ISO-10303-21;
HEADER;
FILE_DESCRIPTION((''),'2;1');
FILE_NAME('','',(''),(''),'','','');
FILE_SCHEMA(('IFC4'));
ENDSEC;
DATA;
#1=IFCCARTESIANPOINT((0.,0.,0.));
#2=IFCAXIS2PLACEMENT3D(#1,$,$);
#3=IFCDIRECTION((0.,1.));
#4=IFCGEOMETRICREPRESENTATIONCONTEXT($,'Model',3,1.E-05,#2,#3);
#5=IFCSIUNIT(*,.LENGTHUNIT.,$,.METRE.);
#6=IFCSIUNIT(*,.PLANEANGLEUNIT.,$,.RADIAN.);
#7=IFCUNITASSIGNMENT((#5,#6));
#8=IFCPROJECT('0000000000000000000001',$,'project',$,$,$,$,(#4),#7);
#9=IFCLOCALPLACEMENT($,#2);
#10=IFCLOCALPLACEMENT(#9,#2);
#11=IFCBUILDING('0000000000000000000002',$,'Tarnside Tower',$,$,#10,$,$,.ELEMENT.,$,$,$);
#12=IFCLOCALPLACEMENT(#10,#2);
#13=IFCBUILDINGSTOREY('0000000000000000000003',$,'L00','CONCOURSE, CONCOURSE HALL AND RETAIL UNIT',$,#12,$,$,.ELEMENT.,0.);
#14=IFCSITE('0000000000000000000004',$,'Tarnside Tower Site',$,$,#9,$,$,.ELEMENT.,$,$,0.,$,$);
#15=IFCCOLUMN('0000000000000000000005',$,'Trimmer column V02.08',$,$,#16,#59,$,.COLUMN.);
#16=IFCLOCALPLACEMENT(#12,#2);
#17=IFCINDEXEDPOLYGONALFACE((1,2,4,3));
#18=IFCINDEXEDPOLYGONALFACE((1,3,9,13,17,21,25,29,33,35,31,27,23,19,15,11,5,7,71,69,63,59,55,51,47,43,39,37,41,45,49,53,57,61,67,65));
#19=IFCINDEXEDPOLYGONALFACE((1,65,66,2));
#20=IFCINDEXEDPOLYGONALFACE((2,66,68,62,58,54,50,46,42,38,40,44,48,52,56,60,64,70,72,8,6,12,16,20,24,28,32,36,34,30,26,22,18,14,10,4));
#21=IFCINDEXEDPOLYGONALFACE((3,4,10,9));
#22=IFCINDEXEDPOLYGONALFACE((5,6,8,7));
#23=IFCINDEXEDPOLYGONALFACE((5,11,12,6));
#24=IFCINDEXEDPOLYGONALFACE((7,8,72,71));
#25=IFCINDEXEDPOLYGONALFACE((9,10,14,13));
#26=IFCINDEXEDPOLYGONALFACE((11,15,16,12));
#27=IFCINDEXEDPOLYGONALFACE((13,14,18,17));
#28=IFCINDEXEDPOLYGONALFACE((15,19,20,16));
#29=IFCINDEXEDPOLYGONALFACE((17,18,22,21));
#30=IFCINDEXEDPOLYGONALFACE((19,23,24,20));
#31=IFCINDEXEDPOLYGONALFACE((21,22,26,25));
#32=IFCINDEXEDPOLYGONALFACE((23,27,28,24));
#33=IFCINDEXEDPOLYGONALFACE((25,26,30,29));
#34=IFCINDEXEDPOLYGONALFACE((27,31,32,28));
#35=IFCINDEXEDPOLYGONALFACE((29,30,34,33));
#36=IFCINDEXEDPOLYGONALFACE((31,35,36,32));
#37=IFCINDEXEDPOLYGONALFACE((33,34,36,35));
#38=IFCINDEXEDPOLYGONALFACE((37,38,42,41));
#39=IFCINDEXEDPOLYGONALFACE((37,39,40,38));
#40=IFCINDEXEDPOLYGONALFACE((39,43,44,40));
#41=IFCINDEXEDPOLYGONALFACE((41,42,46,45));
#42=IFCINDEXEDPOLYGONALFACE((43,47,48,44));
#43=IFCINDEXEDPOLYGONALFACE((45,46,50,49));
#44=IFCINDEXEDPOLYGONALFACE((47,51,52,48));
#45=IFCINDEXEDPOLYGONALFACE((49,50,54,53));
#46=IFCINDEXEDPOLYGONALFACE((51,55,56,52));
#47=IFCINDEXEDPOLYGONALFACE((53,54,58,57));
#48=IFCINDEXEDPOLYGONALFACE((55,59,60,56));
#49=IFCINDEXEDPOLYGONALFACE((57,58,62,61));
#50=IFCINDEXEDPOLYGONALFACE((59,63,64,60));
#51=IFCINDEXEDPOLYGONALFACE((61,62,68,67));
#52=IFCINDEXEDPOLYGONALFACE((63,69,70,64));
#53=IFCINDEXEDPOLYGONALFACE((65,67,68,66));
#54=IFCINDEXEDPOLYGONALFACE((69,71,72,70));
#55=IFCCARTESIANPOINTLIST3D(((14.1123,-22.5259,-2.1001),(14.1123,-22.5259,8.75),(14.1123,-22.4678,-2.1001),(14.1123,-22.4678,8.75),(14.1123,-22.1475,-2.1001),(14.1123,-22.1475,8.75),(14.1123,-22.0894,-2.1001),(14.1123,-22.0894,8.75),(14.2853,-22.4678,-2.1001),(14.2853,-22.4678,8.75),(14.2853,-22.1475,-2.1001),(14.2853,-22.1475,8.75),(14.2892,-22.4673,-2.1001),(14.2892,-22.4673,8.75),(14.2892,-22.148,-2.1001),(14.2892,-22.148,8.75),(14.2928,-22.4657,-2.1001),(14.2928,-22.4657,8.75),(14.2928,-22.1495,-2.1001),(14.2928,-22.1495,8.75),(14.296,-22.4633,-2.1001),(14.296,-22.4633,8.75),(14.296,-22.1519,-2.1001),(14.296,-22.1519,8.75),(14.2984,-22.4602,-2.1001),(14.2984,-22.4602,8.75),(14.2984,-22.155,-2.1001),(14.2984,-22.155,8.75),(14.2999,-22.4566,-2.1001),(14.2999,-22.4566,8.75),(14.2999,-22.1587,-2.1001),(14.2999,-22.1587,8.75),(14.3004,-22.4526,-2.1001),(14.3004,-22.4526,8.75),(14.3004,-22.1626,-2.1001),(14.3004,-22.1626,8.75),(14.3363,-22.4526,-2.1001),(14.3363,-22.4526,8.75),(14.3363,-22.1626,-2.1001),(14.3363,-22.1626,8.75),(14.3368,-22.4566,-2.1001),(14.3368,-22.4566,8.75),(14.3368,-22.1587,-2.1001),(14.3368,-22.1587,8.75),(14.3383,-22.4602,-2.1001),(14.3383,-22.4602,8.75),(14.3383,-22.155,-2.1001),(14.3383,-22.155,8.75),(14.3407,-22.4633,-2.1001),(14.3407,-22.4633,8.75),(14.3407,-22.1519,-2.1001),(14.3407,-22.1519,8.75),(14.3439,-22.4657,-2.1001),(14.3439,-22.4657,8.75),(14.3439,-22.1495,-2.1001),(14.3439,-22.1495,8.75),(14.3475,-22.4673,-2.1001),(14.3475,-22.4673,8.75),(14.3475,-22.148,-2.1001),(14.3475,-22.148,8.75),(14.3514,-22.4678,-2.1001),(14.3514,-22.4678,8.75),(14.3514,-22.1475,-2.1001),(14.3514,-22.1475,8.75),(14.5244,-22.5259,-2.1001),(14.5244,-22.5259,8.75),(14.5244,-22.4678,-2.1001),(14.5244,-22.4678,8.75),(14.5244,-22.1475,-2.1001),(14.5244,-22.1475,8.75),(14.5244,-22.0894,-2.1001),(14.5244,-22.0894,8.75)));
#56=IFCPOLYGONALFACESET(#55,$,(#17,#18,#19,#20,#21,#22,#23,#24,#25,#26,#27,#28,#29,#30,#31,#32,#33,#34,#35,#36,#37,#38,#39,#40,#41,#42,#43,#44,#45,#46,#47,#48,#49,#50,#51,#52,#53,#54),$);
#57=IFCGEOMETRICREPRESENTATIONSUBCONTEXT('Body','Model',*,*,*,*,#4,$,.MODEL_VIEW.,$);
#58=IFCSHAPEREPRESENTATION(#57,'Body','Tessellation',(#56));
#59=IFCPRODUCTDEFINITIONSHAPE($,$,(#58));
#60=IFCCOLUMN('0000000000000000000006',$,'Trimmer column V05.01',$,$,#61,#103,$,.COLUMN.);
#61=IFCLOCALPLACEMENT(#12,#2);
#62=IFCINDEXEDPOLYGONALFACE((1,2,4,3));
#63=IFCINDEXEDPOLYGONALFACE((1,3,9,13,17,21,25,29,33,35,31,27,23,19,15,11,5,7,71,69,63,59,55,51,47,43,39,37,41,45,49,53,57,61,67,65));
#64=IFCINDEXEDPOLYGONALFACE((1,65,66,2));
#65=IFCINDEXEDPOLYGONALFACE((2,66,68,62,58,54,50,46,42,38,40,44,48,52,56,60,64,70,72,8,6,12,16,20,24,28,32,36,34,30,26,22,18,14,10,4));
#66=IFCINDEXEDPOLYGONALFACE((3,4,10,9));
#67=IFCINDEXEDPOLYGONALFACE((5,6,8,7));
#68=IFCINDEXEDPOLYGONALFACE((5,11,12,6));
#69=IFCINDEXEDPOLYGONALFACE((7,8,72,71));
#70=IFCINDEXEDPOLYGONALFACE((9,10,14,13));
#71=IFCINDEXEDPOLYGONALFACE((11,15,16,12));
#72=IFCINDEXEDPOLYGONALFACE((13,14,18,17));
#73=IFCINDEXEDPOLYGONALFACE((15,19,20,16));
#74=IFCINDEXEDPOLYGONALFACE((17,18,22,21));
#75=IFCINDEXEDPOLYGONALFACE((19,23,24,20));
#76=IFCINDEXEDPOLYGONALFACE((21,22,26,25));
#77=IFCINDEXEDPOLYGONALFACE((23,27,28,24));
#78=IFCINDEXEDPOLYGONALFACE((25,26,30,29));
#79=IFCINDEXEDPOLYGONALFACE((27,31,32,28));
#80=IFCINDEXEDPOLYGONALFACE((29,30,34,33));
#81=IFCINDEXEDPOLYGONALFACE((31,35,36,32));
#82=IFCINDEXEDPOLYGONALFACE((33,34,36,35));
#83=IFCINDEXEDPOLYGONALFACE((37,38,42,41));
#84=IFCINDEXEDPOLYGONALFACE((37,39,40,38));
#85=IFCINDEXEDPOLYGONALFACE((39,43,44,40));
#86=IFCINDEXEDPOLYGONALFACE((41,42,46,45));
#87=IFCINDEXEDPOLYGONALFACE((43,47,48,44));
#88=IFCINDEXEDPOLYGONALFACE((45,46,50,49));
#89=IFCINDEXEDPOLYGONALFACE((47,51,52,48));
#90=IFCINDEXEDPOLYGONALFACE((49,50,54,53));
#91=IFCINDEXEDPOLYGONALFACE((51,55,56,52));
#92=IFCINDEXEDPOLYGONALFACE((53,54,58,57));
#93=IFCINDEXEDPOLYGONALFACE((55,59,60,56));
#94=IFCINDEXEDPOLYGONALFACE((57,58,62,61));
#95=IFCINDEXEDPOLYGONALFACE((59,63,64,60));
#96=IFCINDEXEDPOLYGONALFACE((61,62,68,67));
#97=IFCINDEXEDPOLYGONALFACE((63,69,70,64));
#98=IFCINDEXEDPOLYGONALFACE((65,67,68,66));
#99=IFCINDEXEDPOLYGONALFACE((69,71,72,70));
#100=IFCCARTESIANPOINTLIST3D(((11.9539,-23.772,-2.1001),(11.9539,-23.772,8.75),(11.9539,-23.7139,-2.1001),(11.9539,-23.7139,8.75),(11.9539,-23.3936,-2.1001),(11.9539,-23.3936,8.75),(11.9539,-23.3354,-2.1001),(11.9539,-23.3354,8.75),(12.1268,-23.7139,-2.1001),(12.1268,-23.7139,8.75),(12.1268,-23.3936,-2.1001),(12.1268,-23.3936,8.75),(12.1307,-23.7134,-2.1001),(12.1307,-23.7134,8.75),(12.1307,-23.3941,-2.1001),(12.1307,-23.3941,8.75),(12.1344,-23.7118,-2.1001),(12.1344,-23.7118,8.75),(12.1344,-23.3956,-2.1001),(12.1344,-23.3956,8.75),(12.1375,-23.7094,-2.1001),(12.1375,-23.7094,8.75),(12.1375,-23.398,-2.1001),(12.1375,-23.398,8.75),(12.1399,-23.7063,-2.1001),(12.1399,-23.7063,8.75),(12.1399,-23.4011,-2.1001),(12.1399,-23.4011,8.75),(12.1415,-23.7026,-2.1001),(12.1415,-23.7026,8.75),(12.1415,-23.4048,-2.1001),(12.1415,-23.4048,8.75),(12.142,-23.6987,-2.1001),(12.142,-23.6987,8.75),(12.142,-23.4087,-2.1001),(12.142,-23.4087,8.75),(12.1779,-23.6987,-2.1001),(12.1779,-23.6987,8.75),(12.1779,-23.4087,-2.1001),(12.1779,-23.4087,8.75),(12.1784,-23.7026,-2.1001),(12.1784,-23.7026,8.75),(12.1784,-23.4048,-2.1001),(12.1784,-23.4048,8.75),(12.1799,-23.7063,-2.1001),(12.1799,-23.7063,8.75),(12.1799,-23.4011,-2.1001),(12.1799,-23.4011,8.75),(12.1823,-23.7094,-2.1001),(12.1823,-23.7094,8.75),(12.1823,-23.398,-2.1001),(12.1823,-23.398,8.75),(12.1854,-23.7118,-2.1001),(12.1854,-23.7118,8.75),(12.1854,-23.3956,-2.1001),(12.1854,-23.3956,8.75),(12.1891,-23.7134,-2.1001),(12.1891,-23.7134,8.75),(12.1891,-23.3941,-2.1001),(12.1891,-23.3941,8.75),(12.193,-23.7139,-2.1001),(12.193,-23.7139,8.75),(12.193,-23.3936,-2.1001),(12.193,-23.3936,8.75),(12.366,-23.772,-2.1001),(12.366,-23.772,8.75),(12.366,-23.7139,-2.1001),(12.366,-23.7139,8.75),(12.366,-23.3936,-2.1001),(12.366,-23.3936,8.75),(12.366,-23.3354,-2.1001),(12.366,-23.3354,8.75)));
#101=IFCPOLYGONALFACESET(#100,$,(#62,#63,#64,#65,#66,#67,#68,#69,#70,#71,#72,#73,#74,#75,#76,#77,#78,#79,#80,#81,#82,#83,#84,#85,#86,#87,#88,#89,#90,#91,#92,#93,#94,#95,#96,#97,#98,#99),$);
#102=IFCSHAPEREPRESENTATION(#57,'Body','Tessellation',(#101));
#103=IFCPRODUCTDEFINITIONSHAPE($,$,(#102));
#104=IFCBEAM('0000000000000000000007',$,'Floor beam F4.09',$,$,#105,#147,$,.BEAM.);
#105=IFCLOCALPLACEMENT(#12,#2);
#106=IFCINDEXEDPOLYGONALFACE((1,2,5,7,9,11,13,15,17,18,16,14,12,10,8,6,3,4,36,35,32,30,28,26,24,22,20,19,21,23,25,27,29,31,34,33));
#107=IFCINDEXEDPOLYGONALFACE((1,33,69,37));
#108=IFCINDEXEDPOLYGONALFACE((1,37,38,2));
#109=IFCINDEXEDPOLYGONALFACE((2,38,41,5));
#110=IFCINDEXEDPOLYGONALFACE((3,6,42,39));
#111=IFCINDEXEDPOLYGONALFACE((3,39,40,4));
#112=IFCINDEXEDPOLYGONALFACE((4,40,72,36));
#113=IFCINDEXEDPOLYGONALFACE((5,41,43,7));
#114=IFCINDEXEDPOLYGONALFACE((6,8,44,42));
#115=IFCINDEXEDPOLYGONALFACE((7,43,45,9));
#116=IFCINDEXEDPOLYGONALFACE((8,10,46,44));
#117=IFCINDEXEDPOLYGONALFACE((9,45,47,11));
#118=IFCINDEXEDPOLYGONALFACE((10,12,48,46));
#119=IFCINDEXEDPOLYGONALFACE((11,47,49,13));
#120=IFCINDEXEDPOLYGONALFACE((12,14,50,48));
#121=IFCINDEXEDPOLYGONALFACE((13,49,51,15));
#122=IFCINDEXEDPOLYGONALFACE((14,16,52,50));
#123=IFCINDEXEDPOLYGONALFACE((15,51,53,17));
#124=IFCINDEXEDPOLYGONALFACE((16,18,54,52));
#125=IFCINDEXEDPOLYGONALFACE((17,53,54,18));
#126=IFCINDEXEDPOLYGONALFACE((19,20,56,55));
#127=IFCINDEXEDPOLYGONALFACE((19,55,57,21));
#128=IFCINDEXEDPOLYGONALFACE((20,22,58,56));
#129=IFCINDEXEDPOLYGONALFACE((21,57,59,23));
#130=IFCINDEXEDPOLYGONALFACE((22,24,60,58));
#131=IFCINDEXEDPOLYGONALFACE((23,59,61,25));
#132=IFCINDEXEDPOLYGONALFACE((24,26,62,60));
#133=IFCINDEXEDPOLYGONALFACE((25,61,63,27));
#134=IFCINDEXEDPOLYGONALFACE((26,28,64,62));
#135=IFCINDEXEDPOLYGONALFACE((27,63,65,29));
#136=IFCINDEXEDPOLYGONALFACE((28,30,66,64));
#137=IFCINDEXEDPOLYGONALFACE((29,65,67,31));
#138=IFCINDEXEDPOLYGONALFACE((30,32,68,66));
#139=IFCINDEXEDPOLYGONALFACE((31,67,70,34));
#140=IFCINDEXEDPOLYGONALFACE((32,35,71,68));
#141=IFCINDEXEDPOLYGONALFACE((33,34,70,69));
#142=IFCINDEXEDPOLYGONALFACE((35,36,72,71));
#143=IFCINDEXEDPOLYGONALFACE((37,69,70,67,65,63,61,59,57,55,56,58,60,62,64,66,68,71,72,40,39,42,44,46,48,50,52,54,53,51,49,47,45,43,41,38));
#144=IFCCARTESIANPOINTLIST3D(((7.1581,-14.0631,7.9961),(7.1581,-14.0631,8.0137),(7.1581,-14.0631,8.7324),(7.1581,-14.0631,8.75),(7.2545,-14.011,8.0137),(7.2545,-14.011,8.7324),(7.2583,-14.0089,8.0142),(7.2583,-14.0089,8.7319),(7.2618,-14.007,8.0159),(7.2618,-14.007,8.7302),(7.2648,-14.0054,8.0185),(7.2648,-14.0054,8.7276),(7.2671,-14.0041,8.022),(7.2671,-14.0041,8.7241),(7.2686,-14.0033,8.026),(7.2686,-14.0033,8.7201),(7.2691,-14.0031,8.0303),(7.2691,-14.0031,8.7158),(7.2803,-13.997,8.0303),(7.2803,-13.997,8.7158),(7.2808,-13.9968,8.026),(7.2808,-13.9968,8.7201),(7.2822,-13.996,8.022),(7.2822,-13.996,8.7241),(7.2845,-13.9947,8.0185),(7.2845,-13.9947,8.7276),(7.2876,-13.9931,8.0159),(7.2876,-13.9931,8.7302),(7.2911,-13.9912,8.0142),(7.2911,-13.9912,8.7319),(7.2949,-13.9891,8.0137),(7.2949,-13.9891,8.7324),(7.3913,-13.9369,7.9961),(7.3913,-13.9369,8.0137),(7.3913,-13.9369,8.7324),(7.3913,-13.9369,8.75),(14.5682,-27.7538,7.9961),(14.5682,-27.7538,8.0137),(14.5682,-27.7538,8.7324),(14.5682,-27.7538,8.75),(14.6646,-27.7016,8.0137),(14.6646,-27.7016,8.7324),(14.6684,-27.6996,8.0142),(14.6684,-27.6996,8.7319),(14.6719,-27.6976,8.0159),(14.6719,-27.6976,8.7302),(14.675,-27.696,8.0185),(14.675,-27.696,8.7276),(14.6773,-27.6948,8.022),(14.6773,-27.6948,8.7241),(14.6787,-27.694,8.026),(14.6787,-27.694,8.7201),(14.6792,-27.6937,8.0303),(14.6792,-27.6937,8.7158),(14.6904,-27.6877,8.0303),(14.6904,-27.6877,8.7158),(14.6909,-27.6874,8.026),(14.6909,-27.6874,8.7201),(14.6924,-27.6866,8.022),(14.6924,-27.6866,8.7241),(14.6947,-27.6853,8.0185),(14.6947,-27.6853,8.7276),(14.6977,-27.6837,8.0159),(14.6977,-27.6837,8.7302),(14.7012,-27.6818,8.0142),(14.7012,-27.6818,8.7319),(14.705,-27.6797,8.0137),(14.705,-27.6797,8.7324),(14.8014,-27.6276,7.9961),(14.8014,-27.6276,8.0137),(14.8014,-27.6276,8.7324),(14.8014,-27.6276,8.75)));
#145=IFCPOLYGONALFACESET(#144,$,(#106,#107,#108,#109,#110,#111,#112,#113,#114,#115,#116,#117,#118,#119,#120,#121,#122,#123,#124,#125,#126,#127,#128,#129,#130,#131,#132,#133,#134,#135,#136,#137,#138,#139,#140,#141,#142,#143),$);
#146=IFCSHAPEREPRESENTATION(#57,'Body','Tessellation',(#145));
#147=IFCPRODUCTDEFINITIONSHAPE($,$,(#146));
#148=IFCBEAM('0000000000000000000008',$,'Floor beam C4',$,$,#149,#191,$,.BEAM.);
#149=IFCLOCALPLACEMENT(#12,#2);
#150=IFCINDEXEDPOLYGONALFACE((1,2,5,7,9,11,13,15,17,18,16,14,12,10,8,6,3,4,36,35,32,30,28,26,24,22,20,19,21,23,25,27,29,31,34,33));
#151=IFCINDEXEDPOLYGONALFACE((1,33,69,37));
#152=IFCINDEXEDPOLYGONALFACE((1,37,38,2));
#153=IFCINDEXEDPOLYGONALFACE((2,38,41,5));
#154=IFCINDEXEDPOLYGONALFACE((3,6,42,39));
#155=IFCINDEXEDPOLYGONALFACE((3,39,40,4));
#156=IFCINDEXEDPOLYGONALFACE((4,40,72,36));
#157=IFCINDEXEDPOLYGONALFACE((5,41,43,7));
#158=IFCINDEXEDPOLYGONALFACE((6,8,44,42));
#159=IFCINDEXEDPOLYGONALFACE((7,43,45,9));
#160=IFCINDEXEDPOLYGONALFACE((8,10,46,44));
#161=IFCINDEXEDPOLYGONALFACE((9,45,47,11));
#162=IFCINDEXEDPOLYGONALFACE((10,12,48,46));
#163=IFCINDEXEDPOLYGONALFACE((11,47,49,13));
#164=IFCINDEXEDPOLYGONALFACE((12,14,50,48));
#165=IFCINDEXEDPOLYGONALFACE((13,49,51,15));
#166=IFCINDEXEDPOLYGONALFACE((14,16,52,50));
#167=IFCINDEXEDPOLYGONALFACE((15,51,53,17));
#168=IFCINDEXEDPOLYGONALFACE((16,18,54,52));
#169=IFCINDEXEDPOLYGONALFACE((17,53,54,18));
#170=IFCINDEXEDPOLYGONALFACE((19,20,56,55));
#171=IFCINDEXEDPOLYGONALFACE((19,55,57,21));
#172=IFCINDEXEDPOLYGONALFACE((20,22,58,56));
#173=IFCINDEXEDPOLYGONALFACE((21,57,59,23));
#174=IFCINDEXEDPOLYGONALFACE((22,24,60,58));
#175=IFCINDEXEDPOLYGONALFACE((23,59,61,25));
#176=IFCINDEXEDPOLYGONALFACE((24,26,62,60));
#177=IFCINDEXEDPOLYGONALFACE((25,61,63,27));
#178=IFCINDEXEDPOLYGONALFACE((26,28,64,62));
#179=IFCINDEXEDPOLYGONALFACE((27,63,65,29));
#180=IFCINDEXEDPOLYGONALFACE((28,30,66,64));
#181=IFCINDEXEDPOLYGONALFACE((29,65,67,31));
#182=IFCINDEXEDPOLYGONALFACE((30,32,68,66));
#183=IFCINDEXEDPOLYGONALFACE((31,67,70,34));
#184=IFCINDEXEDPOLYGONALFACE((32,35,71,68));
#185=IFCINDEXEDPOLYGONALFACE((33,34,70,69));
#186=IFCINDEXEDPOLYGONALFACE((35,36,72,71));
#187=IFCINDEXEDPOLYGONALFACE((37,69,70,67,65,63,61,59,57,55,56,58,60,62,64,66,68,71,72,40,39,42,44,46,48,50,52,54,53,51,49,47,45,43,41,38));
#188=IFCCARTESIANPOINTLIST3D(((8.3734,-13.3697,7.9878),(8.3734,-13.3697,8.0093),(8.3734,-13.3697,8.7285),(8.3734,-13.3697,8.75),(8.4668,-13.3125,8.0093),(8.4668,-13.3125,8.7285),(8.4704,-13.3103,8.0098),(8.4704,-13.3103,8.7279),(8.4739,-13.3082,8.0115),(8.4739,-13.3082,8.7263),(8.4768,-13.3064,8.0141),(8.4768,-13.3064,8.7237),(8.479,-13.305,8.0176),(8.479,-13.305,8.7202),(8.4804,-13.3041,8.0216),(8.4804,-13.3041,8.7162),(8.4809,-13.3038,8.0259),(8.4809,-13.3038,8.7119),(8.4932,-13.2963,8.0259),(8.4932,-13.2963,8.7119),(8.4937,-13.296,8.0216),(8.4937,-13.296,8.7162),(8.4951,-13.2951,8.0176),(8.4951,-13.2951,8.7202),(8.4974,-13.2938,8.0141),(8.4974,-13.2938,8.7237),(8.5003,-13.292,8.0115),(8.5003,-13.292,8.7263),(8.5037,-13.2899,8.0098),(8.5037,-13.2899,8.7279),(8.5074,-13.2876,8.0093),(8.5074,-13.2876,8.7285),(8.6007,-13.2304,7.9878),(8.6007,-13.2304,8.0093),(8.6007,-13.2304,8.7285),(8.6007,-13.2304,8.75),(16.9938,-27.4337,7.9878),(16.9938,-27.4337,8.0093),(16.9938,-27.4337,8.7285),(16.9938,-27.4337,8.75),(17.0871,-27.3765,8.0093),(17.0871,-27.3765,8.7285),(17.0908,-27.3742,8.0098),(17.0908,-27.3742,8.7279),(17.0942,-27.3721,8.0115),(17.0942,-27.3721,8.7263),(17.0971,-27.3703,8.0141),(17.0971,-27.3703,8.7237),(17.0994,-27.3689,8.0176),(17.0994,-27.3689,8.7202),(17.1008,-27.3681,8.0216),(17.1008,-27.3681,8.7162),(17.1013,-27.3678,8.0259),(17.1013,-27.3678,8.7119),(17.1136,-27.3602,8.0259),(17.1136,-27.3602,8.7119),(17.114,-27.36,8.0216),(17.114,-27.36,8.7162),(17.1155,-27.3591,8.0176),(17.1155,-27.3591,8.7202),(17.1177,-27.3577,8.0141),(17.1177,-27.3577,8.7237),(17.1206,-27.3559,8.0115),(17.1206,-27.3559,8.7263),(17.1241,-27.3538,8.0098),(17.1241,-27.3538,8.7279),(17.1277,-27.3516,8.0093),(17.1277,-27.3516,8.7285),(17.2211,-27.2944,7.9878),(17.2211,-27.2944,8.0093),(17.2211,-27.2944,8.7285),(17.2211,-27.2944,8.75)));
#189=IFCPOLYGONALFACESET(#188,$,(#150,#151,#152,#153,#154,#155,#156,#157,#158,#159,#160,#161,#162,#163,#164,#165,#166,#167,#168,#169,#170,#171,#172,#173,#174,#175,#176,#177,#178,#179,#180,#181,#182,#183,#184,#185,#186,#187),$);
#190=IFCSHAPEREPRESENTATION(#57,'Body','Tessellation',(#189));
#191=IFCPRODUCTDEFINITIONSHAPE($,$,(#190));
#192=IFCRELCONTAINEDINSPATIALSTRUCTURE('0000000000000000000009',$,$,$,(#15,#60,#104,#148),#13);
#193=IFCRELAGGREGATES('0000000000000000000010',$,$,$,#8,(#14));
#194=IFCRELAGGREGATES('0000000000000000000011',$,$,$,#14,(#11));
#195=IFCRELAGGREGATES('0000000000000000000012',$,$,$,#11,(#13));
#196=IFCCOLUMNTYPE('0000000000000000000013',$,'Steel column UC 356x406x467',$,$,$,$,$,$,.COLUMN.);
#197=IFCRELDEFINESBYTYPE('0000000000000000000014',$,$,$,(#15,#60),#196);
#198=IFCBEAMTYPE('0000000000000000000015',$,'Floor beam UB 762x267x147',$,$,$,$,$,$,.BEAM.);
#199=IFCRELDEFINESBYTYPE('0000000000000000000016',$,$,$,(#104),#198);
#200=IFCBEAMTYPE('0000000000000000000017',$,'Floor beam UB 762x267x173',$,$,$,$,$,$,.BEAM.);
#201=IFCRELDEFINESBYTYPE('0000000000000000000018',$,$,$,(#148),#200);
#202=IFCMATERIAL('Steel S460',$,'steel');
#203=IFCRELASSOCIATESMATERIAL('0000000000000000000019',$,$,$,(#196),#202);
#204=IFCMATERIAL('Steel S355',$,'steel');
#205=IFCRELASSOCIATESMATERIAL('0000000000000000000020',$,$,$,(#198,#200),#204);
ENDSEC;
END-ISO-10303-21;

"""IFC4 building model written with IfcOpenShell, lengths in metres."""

from ifc_helpers import new_model, si_unit, direction, frame, origin, origin_2d, place, context, subcontext, project, spatial, i_section, extrude, material, material_profile, profile_set, type_object, element, save


model = new_model("IFC4")

# Units and contexts
model_context = context("Model", 3, precision=1e-05, world=origin(), true_north=direction((0.0, 1.0)))
body_context = subcontext(model_context, "Body", "Model", "MODEL_VIEW")
ifc_project = project(units=[si_unit("LENGTHUNIT", "METRE"), si_unit("PLANEANGLEUNIT", "RADIAN")], contexts=[model_context])

# Site, building, storey
site_placement = place(None, origin())
site = spatial("IfcSite", under=ifc_project, at=site_placement, Name="Tarnside Tower Site", CompositionType="ELEMENT", RefElevation=0.0)
building_placement = place(site_placement, origin())
building = spatial("IfcBuilding", under=site, at=building_placement, Name="Tarnside Tower", CompositionType="ELEMENT")
storey_placement = place(building_placement, origin())
storey = spatial("IfcBuildingStorey", under=building, at=storey_placement, Name="L00", Description="CONCOURSE, CONCOURSE HALL AND RETAIL UNIT", CompositionType="ELEMENT", Elevation=0.0)

# Columns
ifc_material_1 = material(Name="Steel S460", Category="steel")
ifc_material_profile_1 = material_profile(ifc_material_1, i_section(OverallWidth=0.4121, OverallDepth=0.4365, WebThickness=0.0359, FlangeThickness=0.0581, FilletRadius=0.0151, at=origin_2d()), Name="UC 356x406x467")
ifc_profile_set_1 = profile_set([ifc_material_profile_1], Name="Steel S460")
column_type_1 = type_object("IfcColumnType", Name="Steel column UC 356x406x467", PredefinedType="COLUMN", material=ifc_profile_set_1)
for number, where, z_axis, x_axis, name in (
    (1, (14.3184, -22.3076, -2.1001), (0.0, 0.0, 1.0), (1.0, 0.0, 0.0), "Trimmer column V02.08"),
    (2, (12.1599, -23.5537, -2.1001), (0.0, 0.0, 1.0), (1.0, 0.0, 0.0), "Trimmer column V05.01"),
):
    element("IfcColumn", number, at=place(storey_placement, frame(where, z_axis=z_axis, x_axis=x_axis)), inside=storey, type_object=column_type_1, Name=name, PredefinedType="COLUMN", context=body_context, shape_type="SweptSolid", body=[
        extrude(i_section(OverallWidth=0.4121, OverallDepth=0.4365, WebThickness=0.0359, FlangeThickness=0.0581, FilletRadius=0.0151, at=origin_2d()), origin(), (0.0, 0.0, 1.0), 10.8501),
    ])

# Beams
ifc_material_2 = material(Name="Steel S355", Category="steel")
ifc_material_profile_2 = material_profile(ifc_material_2, i_section(OverallWidth=0.2651, OverallDepth=0.7539, WebThickness=0.0127, FlangeThickness=0.0176, FilletRadius=0.0166, at=origin_2d()), Name="UB 762x267x147")
ifc_profile_set_2 = profile_set([ifc_material_profile_2], Name="Steel S355")
beam_type_1 = type_object("IfcBeamType", Name="Floor beam UB 762x267x147", PredefinedType="BEAM", material=ifc_profile_set_2)
beam_1_placement = place(storey_placement, frame((14.6848, -27.6907, 8.373), z_axis=(-0.476004, 0.879443, 0.0), x_axis=(-0.879443, -0.476004, 0.0)))
element("IfcBeam", 3, at=beam_1_placement, inside=storey, type_object=beam_type_1, Name="Floor beam F4.09", PredefinedType="BEAM", context=body_context, shape_type="SweptSolid", body=[
    extrude(i_section(OverallWidth=0.2651, OverallDepth=0.7539, WebThickness=0.0127, FlangeThickness=0.0176, FilletRadius=0.0166, at=origin_2d()), origin(), (0.0, 0.0, 1.0), 15.5674),
])
ifc_material_profile_3 = material_profile(ifc_material_2, i_section(OverallWidth=0.2666, OverallDepth=0.7622, WebThickness=0.0144, FlangeThickness=0.0215, FilletRadius=0.0166, at=origin_2d()), Name="UB 762x267x173")
ifc_profile_set_3 = profile_set([ifc_material_profile_3], Name="Steel S355")
beam_type_2 = type_object("IfcBeamType", Name="Floor beam UB 762x267x173", PredefinedType="BEAM", material=ifc_profile_set_3)
beam_2_placement = place(storey_placement, frame((17.1074, -27.364, 8.3689), z_axis=(-0.522585, 0.852587, 0.0), x_axis=(-0.852587, -0.522585, 0.0)))
element("IfcBeam", 4, at=beam_2_placement, inside=storey, type_object=beam_type_2, Name="Floor beam C4", PredefinedType="BEAM", context=body_context, shape_type="SweptSolid", body=[
    extrude(i_section(OverallWidth=0.2666, OverallDepth=0.7622, WebThickness=0.0144, FlangeThickness=0.0215, FilletRadius=0.0166, at=origin_2d()), origin(), (0.0, 0.0, 1.0), 16.4956),
])

save(model, "model.ifc")
